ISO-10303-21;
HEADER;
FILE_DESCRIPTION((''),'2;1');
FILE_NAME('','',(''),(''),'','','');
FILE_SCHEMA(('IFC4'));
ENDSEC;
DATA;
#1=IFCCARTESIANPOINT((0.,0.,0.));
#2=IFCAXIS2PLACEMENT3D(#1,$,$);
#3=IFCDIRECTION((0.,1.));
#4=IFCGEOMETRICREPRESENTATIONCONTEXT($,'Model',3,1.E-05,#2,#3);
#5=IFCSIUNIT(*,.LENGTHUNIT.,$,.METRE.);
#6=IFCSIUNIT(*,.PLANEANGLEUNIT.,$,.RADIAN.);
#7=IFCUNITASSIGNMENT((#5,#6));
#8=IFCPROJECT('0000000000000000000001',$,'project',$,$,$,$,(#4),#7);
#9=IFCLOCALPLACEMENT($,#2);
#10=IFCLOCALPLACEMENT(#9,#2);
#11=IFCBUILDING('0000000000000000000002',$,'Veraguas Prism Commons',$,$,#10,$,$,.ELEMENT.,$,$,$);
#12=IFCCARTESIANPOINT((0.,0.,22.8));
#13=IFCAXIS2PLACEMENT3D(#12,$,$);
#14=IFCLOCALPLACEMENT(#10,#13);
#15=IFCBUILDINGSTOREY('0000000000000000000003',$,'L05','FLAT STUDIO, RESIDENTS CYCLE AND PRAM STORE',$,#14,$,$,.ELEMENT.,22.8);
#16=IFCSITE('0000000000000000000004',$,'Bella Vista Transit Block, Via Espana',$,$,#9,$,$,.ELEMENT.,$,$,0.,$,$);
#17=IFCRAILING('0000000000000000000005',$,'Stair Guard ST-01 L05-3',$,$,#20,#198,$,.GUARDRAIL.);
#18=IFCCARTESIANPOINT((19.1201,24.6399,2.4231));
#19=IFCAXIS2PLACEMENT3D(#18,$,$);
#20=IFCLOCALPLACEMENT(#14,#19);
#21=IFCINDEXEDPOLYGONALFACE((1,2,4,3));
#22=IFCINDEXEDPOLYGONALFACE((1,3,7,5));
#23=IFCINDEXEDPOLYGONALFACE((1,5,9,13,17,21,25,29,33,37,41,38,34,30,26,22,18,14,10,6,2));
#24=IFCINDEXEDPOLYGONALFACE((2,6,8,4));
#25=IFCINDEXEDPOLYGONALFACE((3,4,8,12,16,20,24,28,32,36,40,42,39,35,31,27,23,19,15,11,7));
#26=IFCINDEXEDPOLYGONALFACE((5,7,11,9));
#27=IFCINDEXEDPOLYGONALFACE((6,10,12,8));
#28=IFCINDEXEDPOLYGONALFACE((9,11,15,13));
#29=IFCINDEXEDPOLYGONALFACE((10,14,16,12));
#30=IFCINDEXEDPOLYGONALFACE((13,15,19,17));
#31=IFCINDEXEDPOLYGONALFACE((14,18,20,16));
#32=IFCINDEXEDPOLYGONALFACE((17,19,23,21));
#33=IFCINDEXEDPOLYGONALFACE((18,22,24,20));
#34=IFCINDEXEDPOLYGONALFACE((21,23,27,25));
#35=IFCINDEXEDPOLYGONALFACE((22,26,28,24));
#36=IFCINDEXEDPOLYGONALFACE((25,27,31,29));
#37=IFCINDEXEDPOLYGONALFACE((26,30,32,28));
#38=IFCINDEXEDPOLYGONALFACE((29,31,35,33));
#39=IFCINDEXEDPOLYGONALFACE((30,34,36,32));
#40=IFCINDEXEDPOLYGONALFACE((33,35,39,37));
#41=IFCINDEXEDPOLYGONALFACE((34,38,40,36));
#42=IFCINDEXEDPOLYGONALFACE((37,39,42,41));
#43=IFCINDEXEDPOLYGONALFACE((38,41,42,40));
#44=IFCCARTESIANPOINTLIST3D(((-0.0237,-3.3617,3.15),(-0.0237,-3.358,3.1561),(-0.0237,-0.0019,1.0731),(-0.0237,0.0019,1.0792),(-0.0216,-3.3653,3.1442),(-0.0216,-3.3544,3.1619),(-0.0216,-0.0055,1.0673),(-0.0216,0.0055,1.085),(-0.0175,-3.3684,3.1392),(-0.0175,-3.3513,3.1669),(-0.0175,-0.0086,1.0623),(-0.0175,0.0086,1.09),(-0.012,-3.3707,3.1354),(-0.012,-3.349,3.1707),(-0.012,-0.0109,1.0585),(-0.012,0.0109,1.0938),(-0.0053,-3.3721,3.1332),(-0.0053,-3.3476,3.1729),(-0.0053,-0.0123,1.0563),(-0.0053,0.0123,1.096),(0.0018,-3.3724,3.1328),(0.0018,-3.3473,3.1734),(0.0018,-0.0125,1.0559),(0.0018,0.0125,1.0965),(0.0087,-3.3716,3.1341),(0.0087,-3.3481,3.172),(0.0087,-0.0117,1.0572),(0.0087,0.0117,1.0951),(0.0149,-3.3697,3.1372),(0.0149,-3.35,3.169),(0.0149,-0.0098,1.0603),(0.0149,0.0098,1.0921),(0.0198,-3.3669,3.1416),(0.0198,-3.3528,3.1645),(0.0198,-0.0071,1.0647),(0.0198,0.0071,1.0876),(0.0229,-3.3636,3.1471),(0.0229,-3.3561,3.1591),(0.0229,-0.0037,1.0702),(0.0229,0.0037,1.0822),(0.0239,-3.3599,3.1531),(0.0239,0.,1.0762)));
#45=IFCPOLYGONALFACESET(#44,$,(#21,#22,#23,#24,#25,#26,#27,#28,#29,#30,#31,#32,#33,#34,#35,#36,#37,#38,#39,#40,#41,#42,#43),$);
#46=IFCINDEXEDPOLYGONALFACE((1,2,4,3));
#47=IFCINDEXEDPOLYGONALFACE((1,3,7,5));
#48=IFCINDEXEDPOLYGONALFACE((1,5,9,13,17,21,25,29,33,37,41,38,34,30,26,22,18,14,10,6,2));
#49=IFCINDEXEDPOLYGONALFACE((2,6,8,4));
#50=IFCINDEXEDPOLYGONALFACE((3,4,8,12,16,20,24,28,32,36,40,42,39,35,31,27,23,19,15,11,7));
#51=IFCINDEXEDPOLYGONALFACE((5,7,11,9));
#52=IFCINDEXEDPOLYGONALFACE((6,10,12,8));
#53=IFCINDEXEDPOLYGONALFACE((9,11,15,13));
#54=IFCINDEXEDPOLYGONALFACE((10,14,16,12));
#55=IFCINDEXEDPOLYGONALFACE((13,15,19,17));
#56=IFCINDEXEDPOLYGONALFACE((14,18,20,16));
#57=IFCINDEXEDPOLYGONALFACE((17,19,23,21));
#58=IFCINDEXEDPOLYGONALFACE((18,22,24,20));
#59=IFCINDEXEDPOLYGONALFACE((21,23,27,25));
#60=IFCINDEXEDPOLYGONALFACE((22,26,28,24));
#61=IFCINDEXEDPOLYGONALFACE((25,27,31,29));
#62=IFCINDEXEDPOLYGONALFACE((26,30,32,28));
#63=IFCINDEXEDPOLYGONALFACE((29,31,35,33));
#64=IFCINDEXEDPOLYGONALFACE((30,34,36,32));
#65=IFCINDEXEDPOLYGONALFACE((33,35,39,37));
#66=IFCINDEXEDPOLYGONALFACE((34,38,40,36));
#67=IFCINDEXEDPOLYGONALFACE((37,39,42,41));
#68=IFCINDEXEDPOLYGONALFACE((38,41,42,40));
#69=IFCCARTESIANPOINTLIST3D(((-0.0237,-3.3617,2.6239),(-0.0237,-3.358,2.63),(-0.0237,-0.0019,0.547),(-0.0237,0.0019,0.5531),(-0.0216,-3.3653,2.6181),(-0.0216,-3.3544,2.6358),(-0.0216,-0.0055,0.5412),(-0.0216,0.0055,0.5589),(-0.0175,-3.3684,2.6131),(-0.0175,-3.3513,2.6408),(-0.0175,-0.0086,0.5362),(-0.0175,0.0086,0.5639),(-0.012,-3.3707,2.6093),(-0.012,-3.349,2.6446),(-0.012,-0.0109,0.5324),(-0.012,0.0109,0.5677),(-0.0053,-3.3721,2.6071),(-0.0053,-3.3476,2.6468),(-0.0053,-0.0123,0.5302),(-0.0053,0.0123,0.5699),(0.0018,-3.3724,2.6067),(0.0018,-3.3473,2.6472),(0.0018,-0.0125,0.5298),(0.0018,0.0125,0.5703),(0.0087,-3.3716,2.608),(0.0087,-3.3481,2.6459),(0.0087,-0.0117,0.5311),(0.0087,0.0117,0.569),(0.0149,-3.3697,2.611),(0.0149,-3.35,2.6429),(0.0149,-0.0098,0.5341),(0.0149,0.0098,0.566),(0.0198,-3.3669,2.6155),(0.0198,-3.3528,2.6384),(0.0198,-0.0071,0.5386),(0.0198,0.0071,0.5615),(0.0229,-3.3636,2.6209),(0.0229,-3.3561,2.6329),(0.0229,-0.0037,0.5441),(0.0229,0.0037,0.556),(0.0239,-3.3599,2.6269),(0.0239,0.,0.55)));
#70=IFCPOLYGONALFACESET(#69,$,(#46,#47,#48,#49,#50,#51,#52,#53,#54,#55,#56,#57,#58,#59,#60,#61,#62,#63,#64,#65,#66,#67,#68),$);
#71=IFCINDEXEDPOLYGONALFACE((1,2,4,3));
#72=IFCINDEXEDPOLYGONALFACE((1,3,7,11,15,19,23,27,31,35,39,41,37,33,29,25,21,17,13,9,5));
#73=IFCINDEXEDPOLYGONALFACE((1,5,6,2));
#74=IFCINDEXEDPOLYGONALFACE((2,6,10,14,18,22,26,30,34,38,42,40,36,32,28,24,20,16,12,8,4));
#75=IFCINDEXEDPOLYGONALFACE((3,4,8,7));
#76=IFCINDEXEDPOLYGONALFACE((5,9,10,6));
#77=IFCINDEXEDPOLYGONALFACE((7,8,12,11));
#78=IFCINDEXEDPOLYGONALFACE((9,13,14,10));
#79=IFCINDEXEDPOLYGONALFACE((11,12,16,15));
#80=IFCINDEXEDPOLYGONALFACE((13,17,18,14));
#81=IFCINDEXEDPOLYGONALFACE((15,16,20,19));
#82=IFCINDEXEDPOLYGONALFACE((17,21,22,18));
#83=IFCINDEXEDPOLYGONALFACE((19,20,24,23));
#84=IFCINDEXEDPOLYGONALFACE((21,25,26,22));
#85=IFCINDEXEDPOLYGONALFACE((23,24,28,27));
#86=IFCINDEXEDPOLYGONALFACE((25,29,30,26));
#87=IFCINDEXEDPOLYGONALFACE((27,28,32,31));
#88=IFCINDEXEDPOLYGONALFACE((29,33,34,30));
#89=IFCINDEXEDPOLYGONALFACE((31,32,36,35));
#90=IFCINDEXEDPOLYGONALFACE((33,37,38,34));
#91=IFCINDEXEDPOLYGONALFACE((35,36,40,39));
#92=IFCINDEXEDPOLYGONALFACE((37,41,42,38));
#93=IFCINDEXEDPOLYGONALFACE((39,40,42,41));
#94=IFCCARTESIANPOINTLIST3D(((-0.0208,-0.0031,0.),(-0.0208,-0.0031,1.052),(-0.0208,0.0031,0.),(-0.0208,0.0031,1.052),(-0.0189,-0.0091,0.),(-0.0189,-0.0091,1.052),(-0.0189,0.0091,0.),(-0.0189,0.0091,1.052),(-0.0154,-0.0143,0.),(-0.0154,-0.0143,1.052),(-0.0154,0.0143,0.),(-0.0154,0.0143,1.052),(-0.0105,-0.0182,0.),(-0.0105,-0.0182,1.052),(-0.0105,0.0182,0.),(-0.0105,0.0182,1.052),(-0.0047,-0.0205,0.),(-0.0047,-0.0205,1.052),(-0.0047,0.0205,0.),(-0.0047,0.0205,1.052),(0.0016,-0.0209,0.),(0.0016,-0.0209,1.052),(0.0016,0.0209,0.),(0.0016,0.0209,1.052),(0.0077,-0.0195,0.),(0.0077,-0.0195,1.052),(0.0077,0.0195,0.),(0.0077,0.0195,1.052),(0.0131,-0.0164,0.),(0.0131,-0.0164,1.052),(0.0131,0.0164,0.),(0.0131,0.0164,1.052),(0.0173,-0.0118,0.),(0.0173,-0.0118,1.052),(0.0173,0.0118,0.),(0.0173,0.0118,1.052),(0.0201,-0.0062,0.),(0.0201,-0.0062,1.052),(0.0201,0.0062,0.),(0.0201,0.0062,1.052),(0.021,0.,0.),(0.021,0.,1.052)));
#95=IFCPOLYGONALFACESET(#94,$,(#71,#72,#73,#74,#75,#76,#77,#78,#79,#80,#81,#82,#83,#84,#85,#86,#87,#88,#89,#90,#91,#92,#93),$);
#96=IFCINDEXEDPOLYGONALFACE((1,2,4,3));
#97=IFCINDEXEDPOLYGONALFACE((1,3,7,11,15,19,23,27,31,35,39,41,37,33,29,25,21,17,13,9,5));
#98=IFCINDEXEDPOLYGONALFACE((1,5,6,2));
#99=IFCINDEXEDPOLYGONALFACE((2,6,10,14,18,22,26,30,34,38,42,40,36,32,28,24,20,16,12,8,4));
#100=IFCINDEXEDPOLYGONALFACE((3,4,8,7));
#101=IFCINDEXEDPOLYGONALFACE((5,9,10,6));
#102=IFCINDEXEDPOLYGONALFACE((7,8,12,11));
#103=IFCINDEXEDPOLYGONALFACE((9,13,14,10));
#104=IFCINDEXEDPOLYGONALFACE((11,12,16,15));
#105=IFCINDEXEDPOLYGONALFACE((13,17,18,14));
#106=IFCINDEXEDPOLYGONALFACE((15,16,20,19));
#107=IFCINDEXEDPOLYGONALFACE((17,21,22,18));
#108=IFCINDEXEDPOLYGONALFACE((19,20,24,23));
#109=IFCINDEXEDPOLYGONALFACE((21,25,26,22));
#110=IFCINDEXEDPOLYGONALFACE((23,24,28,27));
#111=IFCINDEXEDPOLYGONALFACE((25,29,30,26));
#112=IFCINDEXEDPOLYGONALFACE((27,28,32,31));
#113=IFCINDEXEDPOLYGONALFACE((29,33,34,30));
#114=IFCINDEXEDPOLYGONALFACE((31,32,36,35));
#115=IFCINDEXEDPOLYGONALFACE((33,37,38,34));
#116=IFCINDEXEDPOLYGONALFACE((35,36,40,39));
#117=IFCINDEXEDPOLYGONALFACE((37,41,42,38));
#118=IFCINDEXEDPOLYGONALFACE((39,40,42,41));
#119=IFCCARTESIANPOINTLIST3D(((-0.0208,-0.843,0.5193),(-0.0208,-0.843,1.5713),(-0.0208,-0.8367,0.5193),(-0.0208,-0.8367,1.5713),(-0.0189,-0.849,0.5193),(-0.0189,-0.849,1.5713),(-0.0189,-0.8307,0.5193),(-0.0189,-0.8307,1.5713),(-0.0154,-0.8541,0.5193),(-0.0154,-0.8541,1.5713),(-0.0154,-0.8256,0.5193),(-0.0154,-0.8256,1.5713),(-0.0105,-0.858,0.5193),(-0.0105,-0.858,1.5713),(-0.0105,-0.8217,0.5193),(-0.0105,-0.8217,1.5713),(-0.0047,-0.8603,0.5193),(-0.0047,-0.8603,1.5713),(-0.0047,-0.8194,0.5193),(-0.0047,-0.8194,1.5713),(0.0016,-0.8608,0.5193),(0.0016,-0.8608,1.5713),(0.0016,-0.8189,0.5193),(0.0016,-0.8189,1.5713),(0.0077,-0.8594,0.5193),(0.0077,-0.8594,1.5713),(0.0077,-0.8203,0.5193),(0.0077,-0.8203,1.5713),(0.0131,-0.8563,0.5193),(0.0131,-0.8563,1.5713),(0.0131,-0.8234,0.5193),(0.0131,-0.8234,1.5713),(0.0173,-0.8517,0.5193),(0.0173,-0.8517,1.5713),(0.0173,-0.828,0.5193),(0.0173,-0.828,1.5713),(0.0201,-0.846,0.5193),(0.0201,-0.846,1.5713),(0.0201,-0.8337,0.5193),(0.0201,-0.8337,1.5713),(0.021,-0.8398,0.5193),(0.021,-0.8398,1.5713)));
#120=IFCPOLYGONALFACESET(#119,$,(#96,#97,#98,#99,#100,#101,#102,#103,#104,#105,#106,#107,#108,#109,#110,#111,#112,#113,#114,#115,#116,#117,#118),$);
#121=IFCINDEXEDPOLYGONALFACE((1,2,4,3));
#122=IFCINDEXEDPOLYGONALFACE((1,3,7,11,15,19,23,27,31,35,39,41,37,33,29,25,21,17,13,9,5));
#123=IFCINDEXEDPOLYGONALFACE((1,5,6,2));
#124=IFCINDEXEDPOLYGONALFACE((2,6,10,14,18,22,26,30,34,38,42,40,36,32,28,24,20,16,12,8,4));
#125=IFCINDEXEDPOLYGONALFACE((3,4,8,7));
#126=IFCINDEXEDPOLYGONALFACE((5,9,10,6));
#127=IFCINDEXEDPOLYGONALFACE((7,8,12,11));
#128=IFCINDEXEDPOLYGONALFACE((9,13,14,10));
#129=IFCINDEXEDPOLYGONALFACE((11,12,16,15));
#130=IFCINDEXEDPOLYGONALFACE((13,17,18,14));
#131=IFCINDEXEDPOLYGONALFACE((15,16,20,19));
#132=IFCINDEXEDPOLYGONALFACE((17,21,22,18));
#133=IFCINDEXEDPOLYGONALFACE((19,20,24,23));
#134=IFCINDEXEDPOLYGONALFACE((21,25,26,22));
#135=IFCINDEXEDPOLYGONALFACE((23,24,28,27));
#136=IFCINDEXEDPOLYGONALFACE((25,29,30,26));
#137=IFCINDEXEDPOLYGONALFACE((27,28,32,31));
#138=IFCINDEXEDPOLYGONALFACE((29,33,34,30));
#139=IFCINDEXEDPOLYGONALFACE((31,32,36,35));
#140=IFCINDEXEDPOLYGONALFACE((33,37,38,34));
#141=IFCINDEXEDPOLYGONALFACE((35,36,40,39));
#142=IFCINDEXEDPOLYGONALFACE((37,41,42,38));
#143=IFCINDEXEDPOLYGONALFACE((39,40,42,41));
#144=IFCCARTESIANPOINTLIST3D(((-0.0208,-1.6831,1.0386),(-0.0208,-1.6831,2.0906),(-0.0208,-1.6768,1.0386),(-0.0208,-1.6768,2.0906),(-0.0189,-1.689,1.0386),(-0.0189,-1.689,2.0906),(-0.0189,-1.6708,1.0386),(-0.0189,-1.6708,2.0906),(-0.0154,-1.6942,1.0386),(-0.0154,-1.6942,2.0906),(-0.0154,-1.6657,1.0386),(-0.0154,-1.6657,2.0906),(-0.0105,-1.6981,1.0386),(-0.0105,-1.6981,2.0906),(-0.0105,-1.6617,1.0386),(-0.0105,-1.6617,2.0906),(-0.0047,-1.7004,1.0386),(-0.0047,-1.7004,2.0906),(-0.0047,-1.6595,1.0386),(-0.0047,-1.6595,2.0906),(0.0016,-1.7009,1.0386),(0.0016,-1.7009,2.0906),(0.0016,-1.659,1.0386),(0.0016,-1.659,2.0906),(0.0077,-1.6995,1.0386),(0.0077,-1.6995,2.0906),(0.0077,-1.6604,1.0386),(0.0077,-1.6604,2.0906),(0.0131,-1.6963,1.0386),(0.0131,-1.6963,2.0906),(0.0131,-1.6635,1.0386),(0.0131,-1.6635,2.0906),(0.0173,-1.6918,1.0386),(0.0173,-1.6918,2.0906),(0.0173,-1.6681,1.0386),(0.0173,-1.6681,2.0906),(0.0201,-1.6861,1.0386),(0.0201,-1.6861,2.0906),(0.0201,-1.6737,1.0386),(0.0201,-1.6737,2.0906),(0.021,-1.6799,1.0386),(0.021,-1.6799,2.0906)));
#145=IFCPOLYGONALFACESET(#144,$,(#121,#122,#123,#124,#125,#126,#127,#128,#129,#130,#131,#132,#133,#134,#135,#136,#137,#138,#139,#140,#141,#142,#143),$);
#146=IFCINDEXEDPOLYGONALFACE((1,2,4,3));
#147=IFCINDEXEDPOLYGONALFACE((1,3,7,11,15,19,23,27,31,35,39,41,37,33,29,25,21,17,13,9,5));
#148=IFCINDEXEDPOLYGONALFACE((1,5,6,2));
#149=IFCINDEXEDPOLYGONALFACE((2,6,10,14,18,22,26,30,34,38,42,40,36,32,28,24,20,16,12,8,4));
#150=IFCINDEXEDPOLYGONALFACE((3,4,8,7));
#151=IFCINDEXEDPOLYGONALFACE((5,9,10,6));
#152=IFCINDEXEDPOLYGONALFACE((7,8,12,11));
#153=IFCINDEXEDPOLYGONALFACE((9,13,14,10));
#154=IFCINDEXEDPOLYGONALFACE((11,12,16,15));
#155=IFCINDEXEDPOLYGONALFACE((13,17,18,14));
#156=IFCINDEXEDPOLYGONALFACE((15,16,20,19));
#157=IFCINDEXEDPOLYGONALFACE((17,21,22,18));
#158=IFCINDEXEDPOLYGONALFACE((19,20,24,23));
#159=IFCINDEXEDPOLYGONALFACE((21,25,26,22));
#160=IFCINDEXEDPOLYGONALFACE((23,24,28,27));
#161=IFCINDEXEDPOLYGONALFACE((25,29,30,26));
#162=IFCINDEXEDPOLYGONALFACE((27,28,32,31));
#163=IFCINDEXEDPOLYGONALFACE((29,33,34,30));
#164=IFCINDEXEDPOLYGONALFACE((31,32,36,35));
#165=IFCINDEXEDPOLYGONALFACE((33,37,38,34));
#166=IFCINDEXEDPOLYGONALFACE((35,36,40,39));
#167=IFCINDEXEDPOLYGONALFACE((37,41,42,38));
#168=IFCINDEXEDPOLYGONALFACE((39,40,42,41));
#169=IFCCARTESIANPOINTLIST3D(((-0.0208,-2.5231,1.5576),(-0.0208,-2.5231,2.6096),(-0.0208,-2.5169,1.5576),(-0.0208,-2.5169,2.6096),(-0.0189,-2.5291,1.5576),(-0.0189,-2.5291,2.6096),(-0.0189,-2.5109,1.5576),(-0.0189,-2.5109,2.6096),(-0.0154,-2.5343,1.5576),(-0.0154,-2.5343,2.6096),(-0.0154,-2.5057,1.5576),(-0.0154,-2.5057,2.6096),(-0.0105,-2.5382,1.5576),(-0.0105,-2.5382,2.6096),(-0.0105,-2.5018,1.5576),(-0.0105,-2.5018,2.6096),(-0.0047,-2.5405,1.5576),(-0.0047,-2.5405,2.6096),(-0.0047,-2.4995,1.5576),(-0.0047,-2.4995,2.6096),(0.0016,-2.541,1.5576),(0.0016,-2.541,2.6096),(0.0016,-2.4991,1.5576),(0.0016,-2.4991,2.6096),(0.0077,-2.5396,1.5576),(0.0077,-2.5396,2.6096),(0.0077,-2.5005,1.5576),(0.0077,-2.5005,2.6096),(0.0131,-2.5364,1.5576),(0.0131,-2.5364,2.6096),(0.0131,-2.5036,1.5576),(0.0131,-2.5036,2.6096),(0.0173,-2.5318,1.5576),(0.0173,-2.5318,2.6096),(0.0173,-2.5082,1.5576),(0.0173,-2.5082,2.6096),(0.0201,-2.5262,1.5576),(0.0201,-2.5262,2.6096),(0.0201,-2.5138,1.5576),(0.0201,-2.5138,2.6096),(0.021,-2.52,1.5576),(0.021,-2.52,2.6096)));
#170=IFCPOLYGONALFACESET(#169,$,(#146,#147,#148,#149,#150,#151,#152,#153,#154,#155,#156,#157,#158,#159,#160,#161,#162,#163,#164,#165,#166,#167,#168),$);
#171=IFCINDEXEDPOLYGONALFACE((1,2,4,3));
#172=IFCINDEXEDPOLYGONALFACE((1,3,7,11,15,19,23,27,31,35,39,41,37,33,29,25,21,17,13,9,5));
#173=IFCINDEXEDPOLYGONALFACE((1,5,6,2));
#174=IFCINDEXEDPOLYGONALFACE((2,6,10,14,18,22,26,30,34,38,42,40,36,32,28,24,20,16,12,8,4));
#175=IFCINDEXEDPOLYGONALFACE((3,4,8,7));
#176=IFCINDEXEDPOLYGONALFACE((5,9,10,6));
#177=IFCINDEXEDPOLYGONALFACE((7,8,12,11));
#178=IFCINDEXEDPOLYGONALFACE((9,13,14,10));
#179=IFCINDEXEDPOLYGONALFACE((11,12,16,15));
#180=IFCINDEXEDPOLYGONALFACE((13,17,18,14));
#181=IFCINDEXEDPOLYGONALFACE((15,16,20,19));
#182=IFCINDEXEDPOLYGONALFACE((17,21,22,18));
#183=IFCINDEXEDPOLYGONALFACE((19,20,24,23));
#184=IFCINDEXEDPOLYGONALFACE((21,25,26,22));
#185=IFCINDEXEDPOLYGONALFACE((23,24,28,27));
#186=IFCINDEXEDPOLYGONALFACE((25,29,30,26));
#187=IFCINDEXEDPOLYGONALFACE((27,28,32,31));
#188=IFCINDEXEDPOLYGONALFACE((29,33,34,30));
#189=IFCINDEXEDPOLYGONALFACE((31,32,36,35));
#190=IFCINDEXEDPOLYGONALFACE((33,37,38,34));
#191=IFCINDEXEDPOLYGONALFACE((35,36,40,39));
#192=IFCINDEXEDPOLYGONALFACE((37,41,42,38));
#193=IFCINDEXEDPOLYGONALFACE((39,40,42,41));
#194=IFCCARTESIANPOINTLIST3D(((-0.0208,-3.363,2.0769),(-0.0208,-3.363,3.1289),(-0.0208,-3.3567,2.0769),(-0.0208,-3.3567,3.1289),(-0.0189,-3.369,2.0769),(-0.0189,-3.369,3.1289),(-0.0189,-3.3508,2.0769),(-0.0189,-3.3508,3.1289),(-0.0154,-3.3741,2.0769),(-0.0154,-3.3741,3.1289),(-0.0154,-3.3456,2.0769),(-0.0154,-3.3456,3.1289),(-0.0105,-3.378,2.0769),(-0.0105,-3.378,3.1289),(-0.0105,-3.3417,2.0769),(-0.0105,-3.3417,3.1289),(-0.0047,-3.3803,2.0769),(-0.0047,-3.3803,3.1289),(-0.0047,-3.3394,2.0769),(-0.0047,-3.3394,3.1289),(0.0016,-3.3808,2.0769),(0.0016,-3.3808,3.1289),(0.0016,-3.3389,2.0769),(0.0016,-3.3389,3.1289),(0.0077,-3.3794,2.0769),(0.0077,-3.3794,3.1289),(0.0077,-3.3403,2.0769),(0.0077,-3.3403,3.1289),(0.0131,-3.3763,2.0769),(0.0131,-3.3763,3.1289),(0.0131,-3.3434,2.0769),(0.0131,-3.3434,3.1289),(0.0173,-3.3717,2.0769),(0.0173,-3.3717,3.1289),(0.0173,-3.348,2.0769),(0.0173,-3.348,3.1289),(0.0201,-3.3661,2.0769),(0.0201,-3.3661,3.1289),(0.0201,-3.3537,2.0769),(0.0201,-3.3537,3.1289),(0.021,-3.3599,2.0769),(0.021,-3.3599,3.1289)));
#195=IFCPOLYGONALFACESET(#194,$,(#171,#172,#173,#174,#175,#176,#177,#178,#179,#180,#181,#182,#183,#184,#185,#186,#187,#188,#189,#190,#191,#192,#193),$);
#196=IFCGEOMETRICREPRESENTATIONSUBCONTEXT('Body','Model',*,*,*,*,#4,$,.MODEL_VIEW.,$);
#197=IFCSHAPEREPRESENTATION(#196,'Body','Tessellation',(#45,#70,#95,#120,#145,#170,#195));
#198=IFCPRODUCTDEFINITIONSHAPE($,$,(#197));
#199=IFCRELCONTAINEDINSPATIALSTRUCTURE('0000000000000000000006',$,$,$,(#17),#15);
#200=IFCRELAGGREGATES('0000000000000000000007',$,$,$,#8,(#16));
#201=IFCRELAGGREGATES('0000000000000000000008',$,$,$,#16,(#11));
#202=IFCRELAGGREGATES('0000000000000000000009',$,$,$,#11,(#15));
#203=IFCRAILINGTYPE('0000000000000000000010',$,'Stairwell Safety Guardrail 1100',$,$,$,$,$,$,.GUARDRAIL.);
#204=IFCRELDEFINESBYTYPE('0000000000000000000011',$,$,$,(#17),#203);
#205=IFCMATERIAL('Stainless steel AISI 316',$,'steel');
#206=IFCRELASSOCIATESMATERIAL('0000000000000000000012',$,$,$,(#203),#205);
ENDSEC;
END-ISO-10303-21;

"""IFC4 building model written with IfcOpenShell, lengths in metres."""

from ifc_helpers import new_model, si_unit, direction, frame, origin, origin_2d, place, context, subcontext, project, spatial, circle, extrude, material, type_object, element, save


model = new_model("IFC4")

# Units and contexts
model_context = context("Model", 3, precision=1e-05, world=origin(), true_north=direction((0.0, 1.0)))
body_context = subcontext(model_context, "Body", "Model", "MODEL_VIEW")
ifc_project = project(units=[si_unit("LENGTHUNIT", "METRE"), si_unit("PLANEANGLEUNIT", "RADIAN")], contexts=[model_context])

# Site, building, storey
site_placement = place(None, origin())
site = spatial("IfcSite", under=ifc_project, at=site_placement, Name="Bella Vista Transit Block, Via Espana", CompositionType="ELEMENT", RefElevation=0.0)
building_placement = place(site_placement, origin())
building = spatial("IfcBuilding", under=site, at=building_placement, Name="Veraguas Prism Commons", CompositionType="ELEMENT")
storey_placement = place(building_placement, frame((0.0, 0.0, 22.8)))
storey = spatial("IfcBuildingStorey", under=building, at=storey_placement, Name="L05", Description="FLAT STUDIO, RESIDENTS CYCLE AND PRAM STORE", CompositionType="ELEMENT", Elevation=22.8)

# Railing
ifc_material_1 = material(Name="Stainless steel AISI 316", Category="steel")
railing_type_1 = type_object("IfcRailingType", Name="Stairwell Safety Guardrail 1100", PredefinedType="GUARDRAIL", material=ifc_material_1)
railing_1_placement = place(storey_placement, frame((19.1201, 24.6399, 2.4231)))
element("IfcRailing", 1, at=railing_1_placement, inside=storey, type_object=railing_type_1, Name="Stair Guard ST-01 L05-3", PredefinedType="GUARDRAIL", context=body_context, shape_type="SweptSolid", body=[
    extrude(circle(Radius=0.0239, at=origin_2d()), frame((0.0, 0.0, 1.0762), z_axis=(0.0, -0.850606, 0.525803), x_axis=(1.0, 0.0, 0.0)), (0.0, 0.0, 1.0), 3.95),
    extrude(circle(Radius=0.0239, at=origin_2d()), frame((0.0, 0.0, 0.55), z_axis=(0.0, -0.850606, 0.525803), x_axis=(1.0, 0.0, 0.0)), (0.0, 0.0, 1.0), 3.95),
    extrude(circle(Radius=0.021, at=origin_2d()), origin(), (0.0, 0.0, 1.0), 1.052),
    extrude(circle(Radius=0.021, at=origin_2d()), frame((0.0, -0.8398, 0.5193)), (0.0, 0.0, 1.0), 1.052),
    extrude(circle(Radius=0.021, at=origin_2d()), frame((0.0, -1.6799, 1.0386)), (0.0, 0.0, 1.0), 1.052),
    extrude(circle(Radius=0.021, at=origin_2d()), frame((0.0, -2.52, 1.5576)), (0.0, 0.0, 1.0), 1.052),
    extrude(circle(Radius=0.021, at=origin_2d()), frame((0.0, -3.3599, 2.0769)), (0.0, 0.0, 1.0), 1.052),
])

save(model, "model.ifc")
